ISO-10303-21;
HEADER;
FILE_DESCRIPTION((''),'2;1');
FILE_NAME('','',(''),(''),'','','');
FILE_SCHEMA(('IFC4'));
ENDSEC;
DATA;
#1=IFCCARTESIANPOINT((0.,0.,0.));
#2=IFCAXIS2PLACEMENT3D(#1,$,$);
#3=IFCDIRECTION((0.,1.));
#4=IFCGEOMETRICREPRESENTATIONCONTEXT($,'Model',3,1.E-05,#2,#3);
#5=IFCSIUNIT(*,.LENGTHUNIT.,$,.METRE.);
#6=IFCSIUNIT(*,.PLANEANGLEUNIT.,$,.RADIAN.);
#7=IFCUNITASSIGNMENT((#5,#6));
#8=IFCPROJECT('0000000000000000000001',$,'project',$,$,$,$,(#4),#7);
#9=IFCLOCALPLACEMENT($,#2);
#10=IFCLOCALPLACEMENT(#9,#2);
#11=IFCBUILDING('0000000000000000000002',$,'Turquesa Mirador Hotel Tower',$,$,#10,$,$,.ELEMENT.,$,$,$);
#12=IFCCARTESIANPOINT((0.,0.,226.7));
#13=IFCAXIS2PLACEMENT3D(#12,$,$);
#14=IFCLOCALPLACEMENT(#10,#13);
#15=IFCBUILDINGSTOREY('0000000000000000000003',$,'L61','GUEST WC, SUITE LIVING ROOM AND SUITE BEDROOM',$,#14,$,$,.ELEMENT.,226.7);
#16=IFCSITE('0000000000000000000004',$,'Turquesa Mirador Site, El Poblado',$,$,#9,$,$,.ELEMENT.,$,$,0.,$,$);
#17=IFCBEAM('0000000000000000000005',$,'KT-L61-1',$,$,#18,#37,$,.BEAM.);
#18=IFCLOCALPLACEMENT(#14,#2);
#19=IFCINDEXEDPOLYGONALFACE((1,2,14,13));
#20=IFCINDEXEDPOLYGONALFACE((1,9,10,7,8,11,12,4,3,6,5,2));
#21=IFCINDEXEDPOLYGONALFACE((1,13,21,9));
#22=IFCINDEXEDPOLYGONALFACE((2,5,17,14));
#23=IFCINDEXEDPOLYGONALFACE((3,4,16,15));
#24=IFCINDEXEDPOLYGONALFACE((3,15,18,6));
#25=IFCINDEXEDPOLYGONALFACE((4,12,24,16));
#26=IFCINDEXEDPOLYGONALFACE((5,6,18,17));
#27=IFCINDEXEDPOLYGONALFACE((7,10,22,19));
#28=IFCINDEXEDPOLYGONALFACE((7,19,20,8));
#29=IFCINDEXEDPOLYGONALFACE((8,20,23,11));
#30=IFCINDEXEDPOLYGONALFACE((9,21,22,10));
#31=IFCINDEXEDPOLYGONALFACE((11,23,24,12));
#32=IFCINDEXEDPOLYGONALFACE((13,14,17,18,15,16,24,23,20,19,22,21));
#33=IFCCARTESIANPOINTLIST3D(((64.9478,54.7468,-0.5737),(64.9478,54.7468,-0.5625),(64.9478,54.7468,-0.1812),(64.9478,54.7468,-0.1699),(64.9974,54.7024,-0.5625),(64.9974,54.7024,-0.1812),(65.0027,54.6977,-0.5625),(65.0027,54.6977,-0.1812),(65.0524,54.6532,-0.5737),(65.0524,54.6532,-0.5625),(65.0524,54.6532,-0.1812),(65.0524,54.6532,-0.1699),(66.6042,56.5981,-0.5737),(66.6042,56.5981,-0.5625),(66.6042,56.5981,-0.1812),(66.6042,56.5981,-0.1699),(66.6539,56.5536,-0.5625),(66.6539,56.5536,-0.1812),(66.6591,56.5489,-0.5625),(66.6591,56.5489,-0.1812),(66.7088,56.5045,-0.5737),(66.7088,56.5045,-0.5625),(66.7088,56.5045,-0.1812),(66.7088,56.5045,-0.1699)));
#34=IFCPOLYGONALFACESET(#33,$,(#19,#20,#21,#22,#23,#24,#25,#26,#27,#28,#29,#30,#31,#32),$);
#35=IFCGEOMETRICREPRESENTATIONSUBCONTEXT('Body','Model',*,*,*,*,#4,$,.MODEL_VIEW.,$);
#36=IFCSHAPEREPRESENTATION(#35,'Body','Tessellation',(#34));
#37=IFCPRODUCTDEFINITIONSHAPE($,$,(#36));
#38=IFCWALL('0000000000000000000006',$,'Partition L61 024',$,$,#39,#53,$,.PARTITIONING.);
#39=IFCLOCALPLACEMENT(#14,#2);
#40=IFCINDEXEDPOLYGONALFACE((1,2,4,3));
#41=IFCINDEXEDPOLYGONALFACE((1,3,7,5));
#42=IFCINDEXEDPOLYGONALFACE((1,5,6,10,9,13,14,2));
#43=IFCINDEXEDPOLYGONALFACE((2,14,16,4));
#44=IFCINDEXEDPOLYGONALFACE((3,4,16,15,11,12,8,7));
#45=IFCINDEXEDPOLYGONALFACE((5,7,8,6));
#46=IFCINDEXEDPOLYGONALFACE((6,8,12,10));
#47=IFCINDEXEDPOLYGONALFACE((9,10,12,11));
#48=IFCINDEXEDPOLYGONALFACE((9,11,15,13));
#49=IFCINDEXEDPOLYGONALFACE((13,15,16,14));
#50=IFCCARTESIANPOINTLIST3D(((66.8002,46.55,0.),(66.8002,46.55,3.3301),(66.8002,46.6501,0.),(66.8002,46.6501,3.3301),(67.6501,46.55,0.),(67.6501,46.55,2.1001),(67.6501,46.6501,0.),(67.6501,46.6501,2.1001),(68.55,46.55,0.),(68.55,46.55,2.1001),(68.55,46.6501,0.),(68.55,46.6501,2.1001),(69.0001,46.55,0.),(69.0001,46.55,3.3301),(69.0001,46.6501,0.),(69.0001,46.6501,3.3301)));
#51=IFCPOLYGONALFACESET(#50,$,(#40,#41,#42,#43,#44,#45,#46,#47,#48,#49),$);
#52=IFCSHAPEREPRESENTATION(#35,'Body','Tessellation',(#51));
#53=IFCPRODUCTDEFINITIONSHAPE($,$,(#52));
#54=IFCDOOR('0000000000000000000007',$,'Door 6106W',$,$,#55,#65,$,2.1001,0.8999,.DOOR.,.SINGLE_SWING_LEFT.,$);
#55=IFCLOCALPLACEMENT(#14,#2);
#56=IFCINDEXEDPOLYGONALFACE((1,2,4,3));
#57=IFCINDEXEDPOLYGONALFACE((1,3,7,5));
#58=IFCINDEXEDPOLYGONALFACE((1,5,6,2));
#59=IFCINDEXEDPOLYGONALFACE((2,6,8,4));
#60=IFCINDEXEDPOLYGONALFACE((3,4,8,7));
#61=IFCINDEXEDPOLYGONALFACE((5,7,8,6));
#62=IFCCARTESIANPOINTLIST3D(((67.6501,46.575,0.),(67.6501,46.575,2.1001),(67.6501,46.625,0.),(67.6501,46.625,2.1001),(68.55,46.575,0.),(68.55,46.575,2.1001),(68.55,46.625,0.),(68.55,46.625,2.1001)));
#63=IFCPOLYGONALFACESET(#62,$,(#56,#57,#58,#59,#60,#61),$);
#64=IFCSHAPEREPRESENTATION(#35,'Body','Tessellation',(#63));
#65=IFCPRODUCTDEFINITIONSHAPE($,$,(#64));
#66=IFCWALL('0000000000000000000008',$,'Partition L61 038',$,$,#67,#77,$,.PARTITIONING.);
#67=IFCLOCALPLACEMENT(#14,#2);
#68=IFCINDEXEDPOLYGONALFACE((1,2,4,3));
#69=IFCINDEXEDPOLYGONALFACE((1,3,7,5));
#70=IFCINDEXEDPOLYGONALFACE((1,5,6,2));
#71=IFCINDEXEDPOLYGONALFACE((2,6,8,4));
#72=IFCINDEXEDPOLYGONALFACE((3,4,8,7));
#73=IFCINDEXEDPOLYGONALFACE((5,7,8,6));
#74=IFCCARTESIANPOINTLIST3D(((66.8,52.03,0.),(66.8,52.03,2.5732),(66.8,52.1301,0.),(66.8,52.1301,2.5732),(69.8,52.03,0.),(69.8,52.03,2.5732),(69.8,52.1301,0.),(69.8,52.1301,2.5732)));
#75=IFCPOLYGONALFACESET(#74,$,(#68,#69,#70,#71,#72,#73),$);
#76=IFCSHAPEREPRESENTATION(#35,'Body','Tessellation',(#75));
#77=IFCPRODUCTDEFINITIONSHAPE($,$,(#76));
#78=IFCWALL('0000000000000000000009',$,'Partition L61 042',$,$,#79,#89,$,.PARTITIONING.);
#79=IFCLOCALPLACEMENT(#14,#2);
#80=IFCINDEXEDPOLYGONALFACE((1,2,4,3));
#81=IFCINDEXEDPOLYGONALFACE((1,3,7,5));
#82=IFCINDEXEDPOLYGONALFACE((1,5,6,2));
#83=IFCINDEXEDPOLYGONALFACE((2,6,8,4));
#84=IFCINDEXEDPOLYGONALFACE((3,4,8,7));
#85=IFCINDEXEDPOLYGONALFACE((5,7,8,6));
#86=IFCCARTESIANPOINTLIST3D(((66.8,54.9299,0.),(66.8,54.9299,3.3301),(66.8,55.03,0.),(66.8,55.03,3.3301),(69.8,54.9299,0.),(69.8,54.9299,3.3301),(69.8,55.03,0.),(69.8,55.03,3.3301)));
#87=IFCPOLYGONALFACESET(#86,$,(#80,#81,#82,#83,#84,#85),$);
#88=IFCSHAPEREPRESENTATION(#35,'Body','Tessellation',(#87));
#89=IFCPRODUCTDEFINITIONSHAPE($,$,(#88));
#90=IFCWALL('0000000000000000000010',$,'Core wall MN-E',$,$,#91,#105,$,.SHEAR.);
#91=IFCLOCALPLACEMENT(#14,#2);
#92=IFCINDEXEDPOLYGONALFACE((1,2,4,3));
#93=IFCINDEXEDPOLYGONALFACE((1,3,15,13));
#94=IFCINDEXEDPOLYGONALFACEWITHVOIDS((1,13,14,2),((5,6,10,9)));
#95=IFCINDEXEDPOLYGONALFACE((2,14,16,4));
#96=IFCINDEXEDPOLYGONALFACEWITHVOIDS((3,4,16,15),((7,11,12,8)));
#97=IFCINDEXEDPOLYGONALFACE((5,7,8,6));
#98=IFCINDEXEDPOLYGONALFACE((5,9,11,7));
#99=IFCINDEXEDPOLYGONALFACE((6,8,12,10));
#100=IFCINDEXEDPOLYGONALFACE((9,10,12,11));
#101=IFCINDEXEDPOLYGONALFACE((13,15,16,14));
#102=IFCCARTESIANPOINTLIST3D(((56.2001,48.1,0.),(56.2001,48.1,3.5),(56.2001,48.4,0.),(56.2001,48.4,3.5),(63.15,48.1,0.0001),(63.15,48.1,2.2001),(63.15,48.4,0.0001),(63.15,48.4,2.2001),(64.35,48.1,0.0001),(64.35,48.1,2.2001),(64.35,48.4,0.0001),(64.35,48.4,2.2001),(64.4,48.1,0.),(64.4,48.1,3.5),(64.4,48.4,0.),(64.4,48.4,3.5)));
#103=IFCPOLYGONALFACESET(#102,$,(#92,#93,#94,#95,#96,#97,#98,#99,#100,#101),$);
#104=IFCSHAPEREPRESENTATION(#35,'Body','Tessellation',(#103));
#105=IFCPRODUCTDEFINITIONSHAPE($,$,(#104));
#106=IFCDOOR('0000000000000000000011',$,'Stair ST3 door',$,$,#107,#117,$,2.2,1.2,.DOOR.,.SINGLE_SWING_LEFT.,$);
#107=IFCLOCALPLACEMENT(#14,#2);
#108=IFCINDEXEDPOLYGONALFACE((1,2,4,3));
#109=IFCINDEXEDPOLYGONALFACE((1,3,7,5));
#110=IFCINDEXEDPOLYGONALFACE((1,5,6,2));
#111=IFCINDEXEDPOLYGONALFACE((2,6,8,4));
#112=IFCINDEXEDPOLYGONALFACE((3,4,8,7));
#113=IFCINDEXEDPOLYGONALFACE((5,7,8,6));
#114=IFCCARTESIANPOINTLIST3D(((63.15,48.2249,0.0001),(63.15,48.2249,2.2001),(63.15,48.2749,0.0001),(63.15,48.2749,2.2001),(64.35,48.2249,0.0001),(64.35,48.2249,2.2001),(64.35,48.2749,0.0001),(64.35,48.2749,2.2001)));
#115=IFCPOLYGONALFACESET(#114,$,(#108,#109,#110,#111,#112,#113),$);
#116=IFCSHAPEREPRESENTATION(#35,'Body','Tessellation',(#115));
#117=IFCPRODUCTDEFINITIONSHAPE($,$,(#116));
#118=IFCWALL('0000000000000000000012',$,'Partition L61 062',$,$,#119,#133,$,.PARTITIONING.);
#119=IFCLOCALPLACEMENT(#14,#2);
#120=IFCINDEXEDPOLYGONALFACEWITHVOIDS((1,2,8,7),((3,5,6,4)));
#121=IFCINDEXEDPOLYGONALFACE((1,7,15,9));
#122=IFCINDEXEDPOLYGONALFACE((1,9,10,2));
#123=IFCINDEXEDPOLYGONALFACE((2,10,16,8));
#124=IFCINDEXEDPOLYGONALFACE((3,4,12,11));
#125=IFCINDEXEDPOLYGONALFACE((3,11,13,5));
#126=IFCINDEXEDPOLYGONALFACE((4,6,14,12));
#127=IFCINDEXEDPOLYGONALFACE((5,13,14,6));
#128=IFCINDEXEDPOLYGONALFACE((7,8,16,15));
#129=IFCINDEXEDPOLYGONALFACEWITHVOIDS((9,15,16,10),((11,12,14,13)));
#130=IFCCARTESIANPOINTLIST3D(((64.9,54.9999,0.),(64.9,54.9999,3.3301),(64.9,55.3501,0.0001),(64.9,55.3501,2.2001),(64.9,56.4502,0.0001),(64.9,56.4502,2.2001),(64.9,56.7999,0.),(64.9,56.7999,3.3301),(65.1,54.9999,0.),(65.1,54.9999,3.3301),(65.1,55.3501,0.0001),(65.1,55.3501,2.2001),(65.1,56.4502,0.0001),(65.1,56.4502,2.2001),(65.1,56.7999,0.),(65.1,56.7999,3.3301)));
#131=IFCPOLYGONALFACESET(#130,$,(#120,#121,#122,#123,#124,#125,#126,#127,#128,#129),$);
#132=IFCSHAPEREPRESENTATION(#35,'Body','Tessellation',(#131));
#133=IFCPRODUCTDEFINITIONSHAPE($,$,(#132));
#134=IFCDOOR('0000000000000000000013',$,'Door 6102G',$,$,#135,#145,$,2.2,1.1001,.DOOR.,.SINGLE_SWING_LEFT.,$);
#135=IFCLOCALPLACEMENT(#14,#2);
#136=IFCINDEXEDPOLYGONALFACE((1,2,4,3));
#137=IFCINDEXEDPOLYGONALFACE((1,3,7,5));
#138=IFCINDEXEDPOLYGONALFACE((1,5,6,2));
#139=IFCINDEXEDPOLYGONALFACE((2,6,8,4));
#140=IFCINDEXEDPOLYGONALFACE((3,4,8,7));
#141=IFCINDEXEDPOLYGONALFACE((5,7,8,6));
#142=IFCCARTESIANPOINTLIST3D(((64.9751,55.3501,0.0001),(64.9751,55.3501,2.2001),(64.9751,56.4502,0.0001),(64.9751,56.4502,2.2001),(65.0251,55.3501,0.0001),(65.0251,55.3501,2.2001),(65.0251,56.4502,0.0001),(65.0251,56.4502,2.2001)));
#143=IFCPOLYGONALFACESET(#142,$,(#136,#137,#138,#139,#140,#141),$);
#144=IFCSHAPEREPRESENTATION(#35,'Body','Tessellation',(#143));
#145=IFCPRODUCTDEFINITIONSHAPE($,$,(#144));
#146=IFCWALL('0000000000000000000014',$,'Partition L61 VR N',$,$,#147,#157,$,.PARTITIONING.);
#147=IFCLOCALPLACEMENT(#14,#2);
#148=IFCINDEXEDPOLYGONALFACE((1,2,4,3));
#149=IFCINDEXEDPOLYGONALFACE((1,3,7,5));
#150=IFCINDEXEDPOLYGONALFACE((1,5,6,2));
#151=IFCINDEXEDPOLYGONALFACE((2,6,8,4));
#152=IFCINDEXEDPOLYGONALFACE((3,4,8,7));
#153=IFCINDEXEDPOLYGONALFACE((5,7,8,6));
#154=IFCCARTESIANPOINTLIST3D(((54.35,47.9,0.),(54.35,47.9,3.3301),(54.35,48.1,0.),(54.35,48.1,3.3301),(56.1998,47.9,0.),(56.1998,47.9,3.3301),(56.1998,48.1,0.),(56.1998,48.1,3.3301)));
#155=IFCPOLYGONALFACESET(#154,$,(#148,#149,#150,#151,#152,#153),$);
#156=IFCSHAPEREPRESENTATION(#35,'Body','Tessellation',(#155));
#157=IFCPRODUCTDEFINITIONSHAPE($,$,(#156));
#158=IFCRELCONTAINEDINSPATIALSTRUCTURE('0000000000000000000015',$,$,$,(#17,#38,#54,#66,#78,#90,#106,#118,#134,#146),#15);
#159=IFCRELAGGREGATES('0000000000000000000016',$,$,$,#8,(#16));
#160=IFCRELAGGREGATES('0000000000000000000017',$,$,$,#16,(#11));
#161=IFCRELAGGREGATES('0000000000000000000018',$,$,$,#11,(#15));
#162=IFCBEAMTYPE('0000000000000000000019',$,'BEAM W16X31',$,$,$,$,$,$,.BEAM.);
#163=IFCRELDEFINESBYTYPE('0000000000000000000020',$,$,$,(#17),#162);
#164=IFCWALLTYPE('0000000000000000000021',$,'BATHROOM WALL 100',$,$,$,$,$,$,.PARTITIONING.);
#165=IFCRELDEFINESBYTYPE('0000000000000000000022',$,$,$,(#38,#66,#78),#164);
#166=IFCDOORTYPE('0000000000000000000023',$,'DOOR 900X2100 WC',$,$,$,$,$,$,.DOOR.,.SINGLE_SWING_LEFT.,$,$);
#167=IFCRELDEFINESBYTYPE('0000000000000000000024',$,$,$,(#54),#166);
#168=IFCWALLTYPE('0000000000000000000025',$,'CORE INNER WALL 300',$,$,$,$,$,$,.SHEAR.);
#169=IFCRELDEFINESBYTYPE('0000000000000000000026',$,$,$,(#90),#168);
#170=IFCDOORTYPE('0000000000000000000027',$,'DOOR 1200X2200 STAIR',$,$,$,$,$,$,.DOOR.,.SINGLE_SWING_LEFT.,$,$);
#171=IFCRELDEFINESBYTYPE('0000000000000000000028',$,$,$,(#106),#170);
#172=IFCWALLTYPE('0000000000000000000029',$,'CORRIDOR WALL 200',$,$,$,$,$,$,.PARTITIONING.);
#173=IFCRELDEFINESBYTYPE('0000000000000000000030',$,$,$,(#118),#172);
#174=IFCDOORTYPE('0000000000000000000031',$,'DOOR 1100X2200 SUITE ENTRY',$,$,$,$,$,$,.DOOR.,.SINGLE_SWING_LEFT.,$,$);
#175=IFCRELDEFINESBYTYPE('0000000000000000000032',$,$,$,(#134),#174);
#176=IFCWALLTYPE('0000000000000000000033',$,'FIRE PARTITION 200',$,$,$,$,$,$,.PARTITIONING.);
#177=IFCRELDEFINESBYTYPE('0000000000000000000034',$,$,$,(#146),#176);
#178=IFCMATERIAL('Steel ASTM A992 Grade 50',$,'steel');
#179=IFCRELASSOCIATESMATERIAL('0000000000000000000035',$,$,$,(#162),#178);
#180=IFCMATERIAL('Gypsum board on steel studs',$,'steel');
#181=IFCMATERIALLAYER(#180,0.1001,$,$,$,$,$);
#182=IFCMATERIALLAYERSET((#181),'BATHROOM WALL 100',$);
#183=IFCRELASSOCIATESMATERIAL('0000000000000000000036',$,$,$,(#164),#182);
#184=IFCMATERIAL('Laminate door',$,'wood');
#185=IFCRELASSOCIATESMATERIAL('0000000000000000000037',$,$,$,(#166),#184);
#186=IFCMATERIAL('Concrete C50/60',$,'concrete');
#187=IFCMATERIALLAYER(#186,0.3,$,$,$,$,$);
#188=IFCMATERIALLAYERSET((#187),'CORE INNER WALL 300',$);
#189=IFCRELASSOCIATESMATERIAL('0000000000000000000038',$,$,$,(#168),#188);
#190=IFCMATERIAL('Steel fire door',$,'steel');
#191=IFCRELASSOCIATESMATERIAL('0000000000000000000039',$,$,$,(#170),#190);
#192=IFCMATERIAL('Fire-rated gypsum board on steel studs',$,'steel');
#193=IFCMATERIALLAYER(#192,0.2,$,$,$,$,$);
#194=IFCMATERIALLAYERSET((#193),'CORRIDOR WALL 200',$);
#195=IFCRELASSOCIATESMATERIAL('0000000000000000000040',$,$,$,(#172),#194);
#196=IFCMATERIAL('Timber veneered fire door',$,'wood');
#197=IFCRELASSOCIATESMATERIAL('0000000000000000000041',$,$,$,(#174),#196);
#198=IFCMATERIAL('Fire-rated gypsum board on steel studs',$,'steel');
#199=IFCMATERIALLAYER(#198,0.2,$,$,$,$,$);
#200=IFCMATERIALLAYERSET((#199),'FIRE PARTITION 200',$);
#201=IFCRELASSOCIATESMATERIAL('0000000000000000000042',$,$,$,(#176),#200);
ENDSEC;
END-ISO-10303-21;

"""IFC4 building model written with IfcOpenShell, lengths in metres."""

from ifc_helpers import new_model, si_unit, direction, frame, frame_2d, origin, origin_2d, place, context, subcontext, project, spatial, rectangle, i_section, extrude, material, layer, layer_set, material_profile, profile_set, type_object, element, fill, save


model = new_model("IFC4")

# Units and contexts
model_context = context("Model", 3, precision=1e-05, world=origin(), true_north=direction((0.0, 1.0)))
body_context = subcontext(model_context, "Body", "Model", "MODEL_VIEW")
ifc_project = project(units=[si_unit("LENGTHUNIT", "METRE"), si_unit("PLANEANGLEUNIT", "RADIAN")], contexts=[model_context])

# Site, building, storey
site_placement = place(None, origin())
site = spatial("IfcSite", under=ifc_project, at=site_placement, Name="Turquesa Mirador Site, El Poblado", CompositionType="ELEMENT", RefElevation=0.0)
building_placement = place(site_placement, origin())
building = spatial("IfcBuilding", under=site, at=building_placement, Name="Turquesa Mirador Hotel Tower", CompositionType="ELEMENT")
storey_placement = place(building_placement, frame((0.0, 0.0, 226.7)))
storey = spatial("IfcBuildingStorey", under=building, at=storey_placement, Name="L61", Description="GUEST WC, SUITE LIVING ROOM AND SUITE BEDROOM", CompositionType="ELEMENT", Elevation=226.7)

# Beam
ifc_material_1 = material(Name="Steel ASTM A992 Grade 50", Category="steel")
ifc_material_profile = material_profile(ifc_material_1, i_section(OverallWidth=0.1404, OverallDepth=0.4038, WebThickness=0.0071, FlangeThickness=0.0112, at=origin_2d()), Name="W16X31")
ifc_profile_set = profile_set([ifc_material_profile], Name="Steel ASTM A992 Grade 50")
beam_type = type_object("IfcBeamType", Name="BEAM W16X31", PredefinedType="BEAM", material=ifc_profile_set)
beam_placement = place(storey_placement, frame((66.6565, 56.5513, -0.3718), z_axis=(-0.666806, -0.745231, 0.0), x_axis=(0.745231, -0.666806, 0.0)))
element("IfcBeam", 1, at=beam_placement, inside=storey, type_object=beam_type, Name="KT-L61-1", PredefinedType="BEAM", context=body_context, shape_type="SweptSolid", body=[
    extrude(i_section(OverallWidth=0.1404, OverallDepth=0.4038, WebThickness=0.0071, FlangeThickness=0.0112, at=origin_2d()), origin(), (0.0, 0.0, 1.0), 2.4841),
])

# Wall, opening, door
ifc_material_2 = material(Name="Gypsum board on steel studs", Category="steel")
ifc_layer_1 = layer(ifc_material_2, 0.1001)
ifc_layer_set_1 = layer_set([ifc_layer_1], Name="BATHROOM WALL 100")
wall_type_1 = type_object("IfcWallType", Name="BATHROOM WALL 100", PredefinedType="PARTITIONING", material=ifc_layer_set_1)
wall_1_placement = place(storey_placement, frame((66.8, 46.6001, 0.0), z_axis=(0.0, 0.0, 1.0), x_axis=(1.0, 0.0, 0.0)))
wall_1 = element("IfcWall", 2, at=wall_1_placement, inside=storey, type_object=wall_type_1, Name="Partition L61 024", PredefinedType="PARTITIONING", context=body_context, shape_type="SweptSolid", body=[
    extrude(rectangle(XDim=2.2, YDim=0.1001, at=frame_2d((1.1001, 0.0))), origin(), (0.0, 0.0, 1.0), 3.3301),
])
opening_1_placement = place(wall_1_placement, frame((0.8501, 0.0, 0.0)))
opening_1 = element("IfcOpeningElement", 3, at=opening_1_placement, cuts=wall_1, PredefinedType="OPENING", context=body_context, shape_type="SweptSolid", body=[
    extrude(rectangle(XDim=0.8999, YDim=2.1001, at=frame_2d((0.45, 1.05))), frame((0.0, 0.0601, 0.0), z_axis=(0.0, -1.0, 0.0), x_axis=(1.0, 0.0, 0.0)), (0.0, 0.0, 1.0), 0.1201),
])
ifc_material_3 = material(Name="Laminate door", Category="wood")
door_type_1 = type_object("IfcDoorType", Name="DOOR 900X2100 WC", OperationType="SINGLE_SWING_LEFT", PredefinedType="DOOR", material=ifc_material_3)
door_1_placement = place(opening_1_placement, origin())
door_1 = element("IfcDoor", 4, at=door_1_placement, inside=storey, type_object=door_type_1, Name="Door 6106W", OperationType="SINGLE_SWING_LEFT", OverallHeight=2.1001, OverallWidth=0.8999, PredefinedType="DOOR", context=body_context, shape_type="SweptSolid", body=[
    extrude(rectangle(XDim=0.8999, YDim=2.1001, at=frame_2d((0.45, 1.05))), frame((0.0, 0.0249, 0.0), z_axis=(0.0, -1.0, 0.0), x_axis=(1.0, 0.0, 0.0)), (0.0, 0.0, 1.0), 0.05),
])
fill(opening_1, door_1)

# Walls
wall_2_placement = place(storey_placement, frame((66.8, 52.0801, 0.0), z_axis=(0.0, 0.0, 1.0), x_axis=(1.0, 0.0, 0.0)))
element("IfcWall", 5, at=wall_2_placement, inside=storey, type_object=wall_type_1, Name="Partition L61 038", PredefinedType="PARTITIONING", context=body_context, shape_type="SweptSolid", body=[
    extrude(rectangle(XDim=3.0, YDim=0.1001, at=frame_2d((1.5, 0.0))), origin(), (0.0, 0.0, 1.0), 2.5732),
])
wall_3_placement = place(storey_placement, frame((66.8, 54.98, 0.0), z_axis=(0.0, 0.0, 1.0), x_axis=(1.0, 0.0, 0.0)))
element("IfcWall", 6, at=wall_3_placement, inside=storey, type_object=wall_type_1, Name="Partition L61 042", PredefinedType="PARTITIONING", context=body_context, shape_type="SweptSolid", body=[
    extrude(rectangle(XDim=3.0, YDim=0.1001, at=frame_2d((1.5, 0.0))), origin(), (0.0, 0.0, 1.0), 3.3301),
])

# Walls, openings, doors
ifc_material_4 = material(Name="Concrete C50/60", Category="concrete")
ifc_layer_2 = layer(ifc_material_4, 0.3)
ifc_layer_set_2 = layer_set([ifc_layer_2], Name="CORE INNER WALL 300")
wall_type_2 = type_object("IfcWallType", Name="CORE INNER WALL 300", PredefinedType="SHEAR", material=ifc_layer_set_2)
wall_4_placement = place(storey_placement, frame((56.2, 48.25, 0.0), z_axis=(0.0, 0.0, 1.0), x_axis=(1.0, 0.0, 0.0)))
wall_4 = element("IfcWall", 7, at=wall_4_placement, inside=storey, type_object=wall_type_2, Name="Core wall MN-E", PredefinedType="SHEAR", context=body_context, shape_type="SweptSolid", body=[
    extrude(rectangle(XDim=8.2, YDim=0.3, at=frame_2d((4.1001, 0.0))), origin(), (0.0, 0.0, 1.0), 3.5),
])
opening_2_placement = place(wall_4_placement, frame((6.95, 0.0, 0.0)))
opening_2 = element("IfcOpeningElement", 8, at=opening_2_placement, cuts=wall_4, PredefinedType="OPENING", context=body_context, shape_type="SweptSolid", body=[
    extrude(rectangle(XDim=1.2, YDim=2.2, at=frame_2d((0.6001, 1.1001))), frame((0.0, 0.1599, 0.0), z_axis=(0.0, -1.0, 0.0), x_axis=(1.0, 0.0, 0.0)), (0.0, 0.0, 1.0), 0.3201),
])
ifc_material_5 = material(Name="Steel fire door", Category="steel")
door_type_2 = type_object("IfcDoorType", Name="DOOR 1200X2200 STAIR", OperationType="SINGLE_SWING_LEFT", PredefinedType="DOOR", material=ifc_material_5)
door_2_placement = place(opening_2_placement, origin())
door_2 = element("IfcDoor", 9, at=door_2_placement, inside=storey, type_object=door_type_2, Name="Stair ST3 door", OperationType="SINGLE_SWING_LEFT", OverallHeight=2.2, OverallWidth=1.2, PredefinedType="DOOR", context=body_context, shape_type="SweptSolid", body=[
    extrude(rectangle(XDim=1.2, YDim=2.2, at=frame_2d((0.6001, 1.1001))), frame((0.0, 0.0249, 0.0), z_axis=(0.0, -1.0, 0.0), x_axis=(1.0, 0.0, 0.0)), (0.0, 0.0, 1.0), 0.05),
])
fill(opening_2, door_2)
ifc_material_6 = material(Name="Fire-rated gypsum board on steel studs", Category="steel")
ifc_layer_3 = layer(ifc_material_6, 0.2)
ifc_layer_set_3 = layer_set([ifc_layer_3], Name="CORRIDOR WALL 200")
wall_type_3 = type_object("IfcWallType", Name="CORRIDOR WALL 200", PredefinedType="PARTITIONING", material=ifc_layer_set_3)
wall_5_placement = place(storey_placement, frame((65.0, 55.0, 0.0), z_axis=(0.0, 0.0, 1.0), x_axis=(0.0, 1.0, 0.0)))
wall_5 = element("IfcWall", 10, at=wall_5_placement, inside=storey, type_object=wall_type_3, Name="Partition L61 062", PredefinedType="PARTITIONING", context=body_context, shape_type="SweptSolid", body=[
    extrude(rectangle(XDim=1.8, YDim=0.2, at=frame_2d((0.8999, 0.0))), origin(), (0.0, 0.0, 1.0), 3.3301),
])
opening_3_placement = place(wall_5_placement, frame((0.3501, 0.0, 0.0)))
opening_3 = element("IfcOpeningElement", 11, at=opening_3_placement, cuts=wall_5, PredefinedType="OPENING", context=body_context, shape_type="SweptSolid", body=[
    extrude(rectangle(XDim=1.1001, YDim=2.2, at=frame_2d((0.55, 1.1001))), frame((0.0, 0.1099, 0.0), z_axis=(0.0, -1.0, 0.0), x_axis=(1.0, 0.0, 0.0)), (0.0, 0.0, 1.0), 0.22),
])
ifc_material_7 = material(Name="Timber veneered fire door", Category="wood")
door_type_3 = type_object("IfcDoorType", Name="DOOR 1100X2200 SUITE ENTRY", OperationType="SINGLE_SWING_LEFT", PredefinedType="DOOR", material=ifc_material_7)
door_3_placement = place(opening_3_placement, origin())
door_3 = element("IfcDoor", 12, at=door_3_placement, inside=storey, type_object=door_type_3, Name="Door 6102G", OperationType="SINGLE_SWING_LEFT", OverallHeight=2.2, OverallWidth=1.1001, PredefinedType="DOOR", context=body_context, shape_type="SweptSolid", body=[
    extrude(rectangle(XDim=1.1001, YDim=2.2, at=frame_2d((0.55, 1.1001))), frame((0.0, 0.0249, 0.0), z_axis=(0.0, -1.0, 0.0), x_axis=(1.0, 0.0, 0.0)), (0.0, 0.0, 1.0), 0.05),
])
fill(opening_3, door_3)

# Wall
ifc_material_8 = material(Name="Fire-rated gypsum board on steel studs", Category="steel")
ifc_layer_4 = layer(ifc_material_8, 0.2)
ifc_layer_set_4 = layer_set([ifc_layer_4], Name="FIRE PARTITION 200")
wall_type_4 = type_object("IfcWallType", Name="FIRE PARTITION 200", PredefinedType="PARTITIONING", material=ifc_layer_set_4)
wall_6_placement = place(storey_placement, frame((54.3501, 48.0, 0.0), z_axis=(0.0, 0.0, 1.0), x_axis=(1.0, 0.0, 0.0)))
element("IfcWall", 13, at=wall_6_placement, inside=storey, type_object=wall_type_4, Name="Partition L61 VR N", PredefinedType="PARTITIONING", context=body_context, shape_type="SweptSolid", body=[
    extrude(rectangle(XDim=1.8499, YDim=0.2, at=frame_2d((0.9248, 0.0))), origin(), (0.0, 0.0, 1.0), 3.3301),
])

save(model, "model.ifc")
